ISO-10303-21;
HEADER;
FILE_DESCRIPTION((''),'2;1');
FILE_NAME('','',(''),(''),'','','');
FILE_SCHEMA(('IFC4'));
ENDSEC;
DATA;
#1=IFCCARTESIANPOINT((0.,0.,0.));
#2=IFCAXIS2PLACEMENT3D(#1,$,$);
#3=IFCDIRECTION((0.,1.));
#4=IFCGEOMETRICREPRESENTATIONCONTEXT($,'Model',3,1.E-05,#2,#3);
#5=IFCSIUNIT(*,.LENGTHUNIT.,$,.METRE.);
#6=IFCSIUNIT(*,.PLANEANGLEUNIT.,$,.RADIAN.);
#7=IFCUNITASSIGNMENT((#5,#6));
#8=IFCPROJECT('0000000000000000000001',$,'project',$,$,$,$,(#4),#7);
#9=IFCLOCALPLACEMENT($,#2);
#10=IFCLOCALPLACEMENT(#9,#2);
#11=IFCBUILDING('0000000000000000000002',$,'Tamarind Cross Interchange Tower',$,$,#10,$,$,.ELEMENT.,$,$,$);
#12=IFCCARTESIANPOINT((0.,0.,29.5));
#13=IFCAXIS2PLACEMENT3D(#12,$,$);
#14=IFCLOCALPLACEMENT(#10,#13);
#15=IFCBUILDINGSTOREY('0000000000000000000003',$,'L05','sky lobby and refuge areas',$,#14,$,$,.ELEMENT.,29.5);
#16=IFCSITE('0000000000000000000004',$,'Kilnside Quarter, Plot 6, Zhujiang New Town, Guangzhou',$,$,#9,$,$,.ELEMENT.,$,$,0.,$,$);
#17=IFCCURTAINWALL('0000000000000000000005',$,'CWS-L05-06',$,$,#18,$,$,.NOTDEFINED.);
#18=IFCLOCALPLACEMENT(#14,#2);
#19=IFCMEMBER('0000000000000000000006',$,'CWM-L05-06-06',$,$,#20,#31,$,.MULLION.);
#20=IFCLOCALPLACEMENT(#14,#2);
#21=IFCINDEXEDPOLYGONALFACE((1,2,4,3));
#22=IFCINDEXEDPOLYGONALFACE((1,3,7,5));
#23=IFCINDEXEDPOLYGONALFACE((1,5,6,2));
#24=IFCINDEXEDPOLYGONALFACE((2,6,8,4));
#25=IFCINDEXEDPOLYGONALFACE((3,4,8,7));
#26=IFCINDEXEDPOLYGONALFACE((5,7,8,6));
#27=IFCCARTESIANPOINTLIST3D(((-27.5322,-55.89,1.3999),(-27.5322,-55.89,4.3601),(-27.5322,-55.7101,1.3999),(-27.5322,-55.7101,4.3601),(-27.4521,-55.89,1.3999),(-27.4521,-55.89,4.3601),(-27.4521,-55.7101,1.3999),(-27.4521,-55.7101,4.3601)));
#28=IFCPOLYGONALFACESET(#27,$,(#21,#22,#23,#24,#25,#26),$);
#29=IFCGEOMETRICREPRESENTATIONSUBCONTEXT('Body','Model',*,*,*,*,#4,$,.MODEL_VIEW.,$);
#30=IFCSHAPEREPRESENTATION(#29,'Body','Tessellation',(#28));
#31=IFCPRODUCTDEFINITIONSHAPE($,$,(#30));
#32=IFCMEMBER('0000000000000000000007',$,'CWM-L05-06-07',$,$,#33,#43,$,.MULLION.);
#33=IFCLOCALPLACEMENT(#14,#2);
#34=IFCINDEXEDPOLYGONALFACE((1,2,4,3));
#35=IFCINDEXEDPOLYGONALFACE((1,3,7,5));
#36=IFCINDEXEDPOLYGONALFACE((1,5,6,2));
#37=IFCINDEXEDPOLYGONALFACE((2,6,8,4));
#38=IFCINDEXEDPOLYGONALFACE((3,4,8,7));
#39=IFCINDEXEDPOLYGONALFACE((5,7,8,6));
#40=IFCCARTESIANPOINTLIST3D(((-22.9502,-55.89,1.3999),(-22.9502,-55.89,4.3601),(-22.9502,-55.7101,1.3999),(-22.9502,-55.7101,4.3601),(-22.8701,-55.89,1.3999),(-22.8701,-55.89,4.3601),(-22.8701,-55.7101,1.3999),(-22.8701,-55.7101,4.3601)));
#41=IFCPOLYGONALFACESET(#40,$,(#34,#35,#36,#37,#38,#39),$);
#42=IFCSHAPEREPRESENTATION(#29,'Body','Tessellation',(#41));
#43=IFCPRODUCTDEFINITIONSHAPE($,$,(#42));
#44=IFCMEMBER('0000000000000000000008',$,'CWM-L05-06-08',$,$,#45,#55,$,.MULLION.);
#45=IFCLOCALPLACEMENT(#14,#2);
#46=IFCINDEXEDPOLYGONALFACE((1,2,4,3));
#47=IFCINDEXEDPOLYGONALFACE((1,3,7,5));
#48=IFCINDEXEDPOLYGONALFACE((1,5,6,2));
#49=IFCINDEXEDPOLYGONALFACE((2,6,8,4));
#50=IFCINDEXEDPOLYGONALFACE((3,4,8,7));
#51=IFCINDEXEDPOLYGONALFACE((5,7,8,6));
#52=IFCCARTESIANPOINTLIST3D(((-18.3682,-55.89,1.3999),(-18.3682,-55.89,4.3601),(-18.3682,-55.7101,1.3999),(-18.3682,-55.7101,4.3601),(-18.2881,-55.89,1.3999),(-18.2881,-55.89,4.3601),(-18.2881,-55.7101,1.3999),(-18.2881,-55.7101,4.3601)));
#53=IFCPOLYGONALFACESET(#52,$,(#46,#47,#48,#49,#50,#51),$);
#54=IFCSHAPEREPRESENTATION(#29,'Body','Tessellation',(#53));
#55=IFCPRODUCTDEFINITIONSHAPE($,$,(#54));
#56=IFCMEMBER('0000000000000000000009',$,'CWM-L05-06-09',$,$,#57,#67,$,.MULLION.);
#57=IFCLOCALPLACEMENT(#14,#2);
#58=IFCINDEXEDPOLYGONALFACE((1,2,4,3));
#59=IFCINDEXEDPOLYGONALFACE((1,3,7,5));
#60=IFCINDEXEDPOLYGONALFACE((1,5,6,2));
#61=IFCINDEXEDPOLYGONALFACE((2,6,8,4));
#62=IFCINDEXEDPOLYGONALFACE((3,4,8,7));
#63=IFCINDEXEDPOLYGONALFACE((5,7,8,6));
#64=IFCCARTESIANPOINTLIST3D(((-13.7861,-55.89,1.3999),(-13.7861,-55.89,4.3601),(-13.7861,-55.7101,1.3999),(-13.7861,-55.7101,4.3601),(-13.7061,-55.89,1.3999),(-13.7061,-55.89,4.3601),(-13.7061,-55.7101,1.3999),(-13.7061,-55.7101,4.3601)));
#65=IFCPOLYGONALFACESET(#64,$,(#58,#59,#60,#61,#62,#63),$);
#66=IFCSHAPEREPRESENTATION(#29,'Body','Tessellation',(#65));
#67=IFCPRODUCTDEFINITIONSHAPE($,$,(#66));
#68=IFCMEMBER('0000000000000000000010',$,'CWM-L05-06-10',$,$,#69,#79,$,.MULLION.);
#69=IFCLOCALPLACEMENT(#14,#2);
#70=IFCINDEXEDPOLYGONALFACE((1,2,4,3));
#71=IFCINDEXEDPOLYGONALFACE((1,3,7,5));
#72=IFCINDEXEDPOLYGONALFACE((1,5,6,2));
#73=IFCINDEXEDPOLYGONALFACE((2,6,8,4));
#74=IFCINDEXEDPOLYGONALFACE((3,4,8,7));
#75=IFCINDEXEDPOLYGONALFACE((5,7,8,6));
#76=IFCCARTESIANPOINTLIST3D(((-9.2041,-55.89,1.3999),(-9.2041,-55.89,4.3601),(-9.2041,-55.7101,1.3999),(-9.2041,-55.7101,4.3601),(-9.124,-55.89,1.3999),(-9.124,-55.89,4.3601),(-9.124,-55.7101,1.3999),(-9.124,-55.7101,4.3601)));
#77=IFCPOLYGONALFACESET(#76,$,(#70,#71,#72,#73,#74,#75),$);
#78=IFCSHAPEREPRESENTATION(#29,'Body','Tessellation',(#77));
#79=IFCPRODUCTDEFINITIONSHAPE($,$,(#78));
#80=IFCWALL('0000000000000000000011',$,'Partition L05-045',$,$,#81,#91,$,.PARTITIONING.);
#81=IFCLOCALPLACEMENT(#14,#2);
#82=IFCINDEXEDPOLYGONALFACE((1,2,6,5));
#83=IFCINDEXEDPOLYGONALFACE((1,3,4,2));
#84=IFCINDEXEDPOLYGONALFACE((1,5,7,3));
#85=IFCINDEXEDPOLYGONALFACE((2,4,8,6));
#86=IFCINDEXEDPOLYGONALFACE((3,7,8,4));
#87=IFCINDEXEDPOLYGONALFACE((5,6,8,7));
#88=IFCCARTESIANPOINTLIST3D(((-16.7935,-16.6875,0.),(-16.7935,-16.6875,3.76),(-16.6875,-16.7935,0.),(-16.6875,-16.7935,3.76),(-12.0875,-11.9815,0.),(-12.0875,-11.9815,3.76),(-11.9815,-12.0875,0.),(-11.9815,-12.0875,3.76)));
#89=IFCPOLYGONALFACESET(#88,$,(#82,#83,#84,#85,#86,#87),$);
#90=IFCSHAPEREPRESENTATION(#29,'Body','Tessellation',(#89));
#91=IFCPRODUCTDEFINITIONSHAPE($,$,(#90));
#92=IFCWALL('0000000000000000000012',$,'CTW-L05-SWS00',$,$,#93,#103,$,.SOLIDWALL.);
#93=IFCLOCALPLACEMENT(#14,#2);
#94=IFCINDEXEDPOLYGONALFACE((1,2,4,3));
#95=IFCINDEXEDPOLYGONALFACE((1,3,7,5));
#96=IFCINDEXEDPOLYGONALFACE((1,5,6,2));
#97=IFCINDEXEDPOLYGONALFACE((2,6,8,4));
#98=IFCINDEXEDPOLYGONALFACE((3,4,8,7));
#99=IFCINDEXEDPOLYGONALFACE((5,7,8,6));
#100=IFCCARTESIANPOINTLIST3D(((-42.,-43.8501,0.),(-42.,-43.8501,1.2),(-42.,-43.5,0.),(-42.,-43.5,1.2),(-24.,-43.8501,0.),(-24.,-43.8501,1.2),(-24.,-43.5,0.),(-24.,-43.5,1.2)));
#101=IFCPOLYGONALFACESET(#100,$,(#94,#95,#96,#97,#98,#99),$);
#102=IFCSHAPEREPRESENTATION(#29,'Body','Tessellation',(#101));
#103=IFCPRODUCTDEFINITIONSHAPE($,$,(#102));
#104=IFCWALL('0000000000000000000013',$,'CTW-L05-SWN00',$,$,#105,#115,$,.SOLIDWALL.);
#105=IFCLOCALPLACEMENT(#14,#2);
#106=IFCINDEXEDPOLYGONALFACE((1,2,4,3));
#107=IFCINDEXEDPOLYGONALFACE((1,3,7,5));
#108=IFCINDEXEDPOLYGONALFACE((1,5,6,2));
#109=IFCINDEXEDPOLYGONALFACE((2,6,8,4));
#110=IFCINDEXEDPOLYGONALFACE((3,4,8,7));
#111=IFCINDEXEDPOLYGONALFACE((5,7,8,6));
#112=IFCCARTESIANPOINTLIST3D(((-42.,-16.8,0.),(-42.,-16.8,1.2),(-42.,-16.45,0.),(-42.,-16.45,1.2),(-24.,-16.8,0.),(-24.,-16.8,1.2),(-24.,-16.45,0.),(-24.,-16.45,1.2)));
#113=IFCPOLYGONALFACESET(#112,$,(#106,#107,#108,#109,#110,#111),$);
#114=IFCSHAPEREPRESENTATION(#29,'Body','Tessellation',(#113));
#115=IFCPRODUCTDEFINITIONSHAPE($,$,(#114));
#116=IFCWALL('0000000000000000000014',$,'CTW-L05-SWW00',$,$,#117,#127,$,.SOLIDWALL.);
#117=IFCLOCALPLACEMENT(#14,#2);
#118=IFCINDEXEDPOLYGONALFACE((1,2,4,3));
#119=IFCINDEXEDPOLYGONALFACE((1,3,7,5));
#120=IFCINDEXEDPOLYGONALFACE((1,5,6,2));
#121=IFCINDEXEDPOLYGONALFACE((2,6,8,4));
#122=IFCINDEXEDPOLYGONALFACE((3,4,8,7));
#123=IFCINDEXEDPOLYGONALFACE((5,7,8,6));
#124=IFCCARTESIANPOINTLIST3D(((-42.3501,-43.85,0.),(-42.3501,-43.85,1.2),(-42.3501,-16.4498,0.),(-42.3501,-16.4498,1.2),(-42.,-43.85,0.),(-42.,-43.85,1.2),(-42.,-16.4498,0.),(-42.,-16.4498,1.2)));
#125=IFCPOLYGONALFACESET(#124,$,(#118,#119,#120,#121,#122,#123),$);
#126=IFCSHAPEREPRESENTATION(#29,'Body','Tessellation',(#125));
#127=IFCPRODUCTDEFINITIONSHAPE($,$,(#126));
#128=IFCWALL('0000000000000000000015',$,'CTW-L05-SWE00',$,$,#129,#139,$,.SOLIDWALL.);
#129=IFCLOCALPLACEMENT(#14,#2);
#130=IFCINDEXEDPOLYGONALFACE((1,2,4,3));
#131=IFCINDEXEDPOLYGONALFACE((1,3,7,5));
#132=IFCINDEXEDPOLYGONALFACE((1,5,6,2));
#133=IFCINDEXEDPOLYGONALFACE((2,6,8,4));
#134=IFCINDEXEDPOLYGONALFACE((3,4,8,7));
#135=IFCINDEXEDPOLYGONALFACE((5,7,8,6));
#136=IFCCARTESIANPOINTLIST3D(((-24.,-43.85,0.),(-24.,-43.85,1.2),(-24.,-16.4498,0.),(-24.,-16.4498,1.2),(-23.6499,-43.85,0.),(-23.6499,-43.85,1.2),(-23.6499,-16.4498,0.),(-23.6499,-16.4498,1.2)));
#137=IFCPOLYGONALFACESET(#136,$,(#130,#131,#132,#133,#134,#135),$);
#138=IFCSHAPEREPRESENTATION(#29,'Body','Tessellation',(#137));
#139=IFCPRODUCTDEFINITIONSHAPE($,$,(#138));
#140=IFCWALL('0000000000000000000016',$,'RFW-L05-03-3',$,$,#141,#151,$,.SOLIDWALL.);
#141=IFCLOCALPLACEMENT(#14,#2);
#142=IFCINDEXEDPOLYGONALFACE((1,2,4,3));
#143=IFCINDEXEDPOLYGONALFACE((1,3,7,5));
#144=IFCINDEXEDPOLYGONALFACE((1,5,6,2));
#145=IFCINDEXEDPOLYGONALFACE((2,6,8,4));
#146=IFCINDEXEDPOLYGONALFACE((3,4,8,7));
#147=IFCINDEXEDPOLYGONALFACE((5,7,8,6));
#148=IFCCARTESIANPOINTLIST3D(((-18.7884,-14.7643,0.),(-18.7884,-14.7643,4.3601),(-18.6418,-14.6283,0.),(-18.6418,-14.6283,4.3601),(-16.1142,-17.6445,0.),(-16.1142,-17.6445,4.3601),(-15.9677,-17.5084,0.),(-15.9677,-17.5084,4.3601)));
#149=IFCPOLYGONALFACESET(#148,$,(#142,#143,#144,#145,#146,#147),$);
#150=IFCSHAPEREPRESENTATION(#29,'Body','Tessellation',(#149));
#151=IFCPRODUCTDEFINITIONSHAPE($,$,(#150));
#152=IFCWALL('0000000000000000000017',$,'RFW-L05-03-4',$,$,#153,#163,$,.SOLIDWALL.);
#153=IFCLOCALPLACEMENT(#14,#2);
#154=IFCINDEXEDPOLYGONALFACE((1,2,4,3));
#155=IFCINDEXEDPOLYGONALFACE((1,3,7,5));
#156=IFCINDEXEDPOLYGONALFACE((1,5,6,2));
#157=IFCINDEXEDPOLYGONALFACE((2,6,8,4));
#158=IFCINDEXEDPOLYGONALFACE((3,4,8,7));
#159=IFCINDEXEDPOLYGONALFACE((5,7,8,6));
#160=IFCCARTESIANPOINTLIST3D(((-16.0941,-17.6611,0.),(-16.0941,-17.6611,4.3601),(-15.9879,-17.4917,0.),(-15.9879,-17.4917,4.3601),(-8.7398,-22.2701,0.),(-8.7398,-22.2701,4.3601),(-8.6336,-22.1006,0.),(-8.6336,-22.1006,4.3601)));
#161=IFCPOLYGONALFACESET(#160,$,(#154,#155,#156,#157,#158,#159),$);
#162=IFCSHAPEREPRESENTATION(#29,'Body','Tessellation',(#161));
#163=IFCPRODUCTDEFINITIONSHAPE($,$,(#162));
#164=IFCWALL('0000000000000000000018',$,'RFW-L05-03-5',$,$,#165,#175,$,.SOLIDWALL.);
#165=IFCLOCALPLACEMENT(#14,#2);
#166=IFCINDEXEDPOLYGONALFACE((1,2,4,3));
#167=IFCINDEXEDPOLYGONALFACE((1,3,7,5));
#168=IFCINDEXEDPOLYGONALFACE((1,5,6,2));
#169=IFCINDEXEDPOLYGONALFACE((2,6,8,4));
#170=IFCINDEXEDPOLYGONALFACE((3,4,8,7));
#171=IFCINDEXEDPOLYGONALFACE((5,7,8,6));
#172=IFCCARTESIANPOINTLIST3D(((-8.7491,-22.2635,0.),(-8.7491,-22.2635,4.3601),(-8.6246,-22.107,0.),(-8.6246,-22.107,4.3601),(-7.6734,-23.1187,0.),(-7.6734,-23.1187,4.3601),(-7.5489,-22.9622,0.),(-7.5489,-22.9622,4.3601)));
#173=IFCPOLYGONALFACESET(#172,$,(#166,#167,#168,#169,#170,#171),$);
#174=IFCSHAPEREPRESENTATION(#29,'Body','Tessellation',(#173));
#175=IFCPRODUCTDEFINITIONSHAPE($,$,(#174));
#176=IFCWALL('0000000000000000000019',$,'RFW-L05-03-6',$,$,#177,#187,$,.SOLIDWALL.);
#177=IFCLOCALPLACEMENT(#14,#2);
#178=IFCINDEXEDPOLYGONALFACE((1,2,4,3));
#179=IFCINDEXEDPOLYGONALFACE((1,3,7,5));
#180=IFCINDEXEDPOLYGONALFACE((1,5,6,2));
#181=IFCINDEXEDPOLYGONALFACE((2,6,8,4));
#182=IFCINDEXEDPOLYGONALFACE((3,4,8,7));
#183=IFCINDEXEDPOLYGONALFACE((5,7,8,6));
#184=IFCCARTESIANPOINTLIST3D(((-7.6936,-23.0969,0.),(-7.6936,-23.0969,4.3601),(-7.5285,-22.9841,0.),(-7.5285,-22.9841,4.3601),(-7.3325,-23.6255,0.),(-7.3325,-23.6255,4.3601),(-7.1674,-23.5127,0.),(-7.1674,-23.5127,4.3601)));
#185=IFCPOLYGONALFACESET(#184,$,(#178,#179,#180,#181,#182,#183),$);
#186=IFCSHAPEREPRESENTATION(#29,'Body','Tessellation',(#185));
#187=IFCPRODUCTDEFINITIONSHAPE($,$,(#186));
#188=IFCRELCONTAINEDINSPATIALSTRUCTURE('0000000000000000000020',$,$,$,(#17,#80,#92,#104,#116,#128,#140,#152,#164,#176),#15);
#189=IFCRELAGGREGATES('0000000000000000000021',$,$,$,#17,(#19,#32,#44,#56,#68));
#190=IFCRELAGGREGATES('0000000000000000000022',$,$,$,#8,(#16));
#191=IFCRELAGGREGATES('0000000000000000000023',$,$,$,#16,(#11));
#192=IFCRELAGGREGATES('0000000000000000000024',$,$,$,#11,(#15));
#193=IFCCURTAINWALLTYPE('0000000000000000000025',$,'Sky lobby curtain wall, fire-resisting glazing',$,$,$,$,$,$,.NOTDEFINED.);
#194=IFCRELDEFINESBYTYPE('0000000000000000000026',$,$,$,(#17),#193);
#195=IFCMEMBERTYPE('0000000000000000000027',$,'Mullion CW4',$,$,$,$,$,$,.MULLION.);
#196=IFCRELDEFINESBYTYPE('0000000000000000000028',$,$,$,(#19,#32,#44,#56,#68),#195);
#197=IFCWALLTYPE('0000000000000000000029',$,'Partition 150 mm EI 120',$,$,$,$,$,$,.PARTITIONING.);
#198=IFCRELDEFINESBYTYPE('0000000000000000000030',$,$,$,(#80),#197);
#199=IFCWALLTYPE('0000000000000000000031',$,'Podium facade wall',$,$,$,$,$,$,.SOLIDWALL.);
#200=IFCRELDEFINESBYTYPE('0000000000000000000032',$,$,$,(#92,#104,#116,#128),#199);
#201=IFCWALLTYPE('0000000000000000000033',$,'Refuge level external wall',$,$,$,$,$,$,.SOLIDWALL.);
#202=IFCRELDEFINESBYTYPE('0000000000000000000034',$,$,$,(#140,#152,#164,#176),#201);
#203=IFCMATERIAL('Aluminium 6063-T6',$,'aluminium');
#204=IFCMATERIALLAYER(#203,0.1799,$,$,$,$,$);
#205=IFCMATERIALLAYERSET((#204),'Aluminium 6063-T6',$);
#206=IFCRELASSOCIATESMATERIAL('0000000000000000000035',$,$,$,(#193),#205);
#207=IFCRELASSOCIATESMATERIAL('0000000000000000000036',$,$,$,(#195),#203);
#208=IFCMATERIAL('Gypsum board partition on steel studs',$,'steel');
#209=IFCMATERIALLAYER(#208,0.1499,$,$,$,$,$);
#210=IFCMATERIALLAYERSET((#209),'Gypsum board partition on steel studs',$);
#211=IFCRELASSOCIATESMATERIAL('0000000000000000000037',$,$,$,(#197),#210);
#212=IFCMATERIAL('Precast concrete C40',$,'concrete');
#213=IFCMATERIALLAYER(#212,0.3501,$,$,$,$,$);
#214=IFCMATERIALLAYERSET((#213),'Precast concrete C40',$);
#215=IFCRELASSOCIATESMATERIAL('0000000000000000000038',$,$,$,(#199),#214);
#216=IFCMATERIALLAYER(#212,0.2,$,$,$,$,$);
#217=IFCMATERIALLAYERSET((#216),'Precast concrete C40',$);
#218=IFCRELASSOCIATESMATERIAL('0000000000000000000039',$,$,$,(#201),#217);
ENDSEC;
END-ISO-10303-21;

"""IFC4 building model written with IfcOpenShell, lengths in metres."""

from ifc_helpers import new_model, si_unit, direction, frame, frame_2d, origin, origin_2d, place, context, subcontext, project, spatial, rectangle, extrude, material, layer, layer_set, material_profile, profile_set, type_object, element, aggregate, save


model = new_model("IFC4")

# Units and contexts
model_context = context("Model", 3, precision=1e-05, world=origin(), true_north=direction((0.0, 1.0)))
body_context = subcontext(model_context, "Body", "Model", "MODEL_VIEW")
ifc_project = project(units=[si_unit("LENGTHUNIT", "METRE"), si_unit("PLANEANGLEUNIT", "RADIAN")], contexts=[model_context])

# Site, building, storey
site_placement = place(None, origin())
site = spatial("IfcSite", under=ifc_project, at=site_placement, Name="Kilnside Quarter, Plot 6, Zhujiang New Town, Guangzhou", CompositionType="ELEMENT", RefElevation=0.0)
building_placement = place(site_placement, origin())
building = spatial("IfcBuilding", under=site, at=building_placement, Name="Tamarind Cross Interchange Tower", CompositionType="ELEMENT")
storey_placement = place(building_placement, frame((0.0, 0.0, 29.5)))
storey = spatial("IfcBuildingStorey", under=building, at=storey_placement, Name="L05", Description="sky lobby and refuge areas", CompositionType="ELEMENT", Elevation=29.5)

# Curtain wall, members
ifc_material_1 = material(Name="Aluminium 6063-T6", Category="aluminium")
ifc_layer_1 = layer(ifc_material_1, 0.1799)
ifc_layer_set_1 = layer_set([ifc_layer_1], Name="Aluminium 6063-T6")
curtain_wall_type = type_object("IfcCurtainWallType", Name="Sky lobby curtain wall, fire-resisting glazing", PredefinedType="NOTDEFINED", material=ifc_layer_set_1)
ifc_material_profile_1 = material_profile(ifc_material_1, rectangle(XDim=0.0801, YDim=0.1799, at=origin_2d()), Name="Mullion CW4")
ifc_profile_set_1 = profile_set([ifc_material_profile_1], Name="Aluminium 6063-T6")
member_type = type_object("IfcMemberType", Name="Mullion CW4", PredefinedType="MULLION", material=ifc_profile_set_1)
curtain_wall_1_placement = place(storey_placement, origin())
curtain_wall_1 = element("IfcCurtainWall", 1, at=curtain_wall_1_placement, inside=storey, type_object=curtain_wall_type, Name="CWS-L05-06", PredefinedType="NOTDEFINED")
member_1_placement = place(storey_placement, frame((-27.4922, -55.8, 1.3999), z_axis=(0.0, 0.0, 1.0), x_axis=(1.0, 0.0, 0.0)))
member_1 = element("IfcMember", 2, at=member_1_placement, type_object=member_type, Name="CWM-L05-06-06", PredefinedType="MULLION", context=body_context, shape_type="SweptSolid", body=[
    extrude(rectangle(XDim=0.0801, YDim=0.1799, at=origin_2d()), origin(), (0.0, 0.0, 1.0), 2.9602),
])
member_2_placement = place(storey_placement, frame((-22.9102, -55.8, 1.3999), z_axis=(0.0, 0.0, 1.0), x_axis=(1.0, 0.0, 0.0)))
member_2 = element("IfcMember", 3, at=member_2_placement, type_object=member_type, Name="CWM-L05-06-07", PredefinedType="MULLION", context=body_context, shape_type="SweptSolid", body=[
    extrude(rectangle(XDim=0.0801, YDim=0.1799, at=origin_2d()), origin(), (0.0, 0.0, 1.0), 2.9602),
])
member_3_placement = place(storey_placement, frame((-18.3281, -55.8, 1.3999), z_axis=(0.0, 0.0, 1.0), x_axis=(1.0, 0.0, 0.0)))
member_3 = element("IfcMember", 4, at=member_3_placement, type_object=member_type, Name="CWM-L05-06-08", PredefinedType="MULLION", context=body_context, shape_type="SweptSolid", body=[
    extrude(rectangle(XDim=0.0801, YDim=0.1799, at=origin_2d()), origin(), (0.0, 0.0, 1.0), 2.9602),
])
member_4_placement = place(storey_placement, frame((-13.7461, -55.8, 1.3999), z_axis=(0.0, 0.0, 1.0), x_axis=(1.0, 0.0, 0.0)))
member_4 = element("IfcMember", 5, at=member_4_placement, type_object=member_type, Name="CWM-L05-06-09", PredefinedType="MULLION", context=body_context, shape_type="SweptSolid", body=[
    extrude(rectangle(XDim=0.0801, YDim=0.1799, at=origin_2d()), origin(), (0.0, 0.0, 1.0), 2.9602),
])
member_5_placement = place(storey_placement, frame((-9.1641, -55.8, 1.3999), z_axis=(0.0, 0.0, 1.0), x_axis=(1.0, 0.0, 0.0)))
member_5 = element("IfcMember", 6, at=member_5_placement, type_object=member_type, Name="CWM-L05-06-10", PredefinedType="MULLION", context=body_context, shape_type="SweptSolid", body=[
    extrude(rectangle(XDim=0.0801, YDim=0.1799, at=origin_2d()), origin(), (0.0, 0.0, 1.0), 2.9602),
])
aggregate(curtain_wall_1, [member_1, member_2, member_3, member_4, member_5])

# Walls
ifc_material_2 = material(Name="Gypsum board partition on steel studs", Category="steel")
ifc_layer_2 = layer(ifc_material_2, 0.1499)
ifc_layer_set_2 = layer_set([ifc_layer_2], Name="Gypsum board partition on steel studs")
wall_type_1 = type_object("IfcWallType", Name="Partition 150 mm EI 120", PredefinedType="PARTITIONING", material=ifc_layer_set_2)
wall_1_placement = place(storey_placement, frame((-16.7405, -16.7405, 0.0), z_axis=(0.0, 0.0, 1.0), x_axis=(0.707107, 0.707107, 0.0)))
element("IfcWall", 7, at=wall_1_placement, inside=storey, type_object=wall_type_1, Name="Partition L05-045", PredefinedType="PARTITIONING", context=body_context, shape_type="SweptSolid", body=[
    extrude(rectangle(XDim=6.6553, YDim=0.1499, at=frame_2d((3.3276, 0.0))), origin(), (0.0, 0.0, 1.0), 3.76),
])
ifc_material_3 = material(Name="Precast concrete C40", Category="concrete")
ifc_layer_3 = layer(ifc_material_3, 0.3501)
ifc_layer_set_3 = layer_set([ifc_layer_3], Name="Precast concrete C40")
wall_type_2 = type_object("IfcWallType", Name="Podium facade wall", PredefinedType="SOLIDWALL", material=ifc_layer_set_3)
for number, where, z_axis, x_axis, name in (
    (8, (-42.0, -43.675, 0.0), (0.0, 0.0, 1.0), (1.0, 0.0, 0.0), "CTW-L05-SWS00"),
    (9, (-42.0, -16.625, 0.0), (0.0, 0.0, 1.0), (1.0, 0.0, 0.0), "CTW-L05-SWN00"),
):
    element("IfcWall", number, at=place(storey_placement, frame(where, z_axis=z_axis, x_axis=x_axis)), inside=storey, type_object=wall_type_2, Name=name, PredefinedType="SOLIDWALL", context=body_context, shape_type="SweptSolid", body=[
        extrude(rectangle(XDim=18.0, YDim=0.3501, at=frame_2d((9.0, 0.0))), origin(), (0.0, 0.0, 1.0), 1.2),
    ])
for number, where, z_axis, x_axis, name in (
    (10, (-42.175, -43.8501, 0.0), (0.0, 0.0, 1.0), (0.0, 1.0, 0.0), "CTW-L05-SWW00"),
    (11, (-23.825, -43.8501, 0.0), (0.0, 0.0, 1.0), (0.0, 1.0, 0.0), "CTW-L05-SWE00"),
):
    element("IfcWall", number, at=place(storey_placement, frame(where, z_axis=z_axis, x_axis=x_axis)), inside=storey, type_object=wall_type_2, Name=name, PredefinedType="SOLIDWALL", context=body_context, shape_type="SweptSolid", body=[
        extrude(rectangle(XDim=27.4001, YDim=0.3501, at=frame_2d((13.7002, 0.0))), origin(), (0.0, 0.0, 1.0), 1.2),
    ])
ifc_layer_4 = layer(ifc_material_3, 0.2)
ifc_layer_set_4 = layer_set([ifc_layer_4], Name="Precast concrete C40")
wall_type_3 = type_object("IfcWallType", Name="Refuge level external wall", PredefinedType="SOLIDWALL", material=ifc_layer_set_4)
wall_2_placement = place(storey_placement, frame((-18.7151, -14.6963, 0.0), z_axis=(0.0, 0.0, 1.0), x_axis=(0.680406, -0.732836, 0.0)))
element("IfcWall", 12, at=wall_2_placement, inside=storey, type_object=wall_type_3, Name="RFW-L05-03-3", PredefinedType="SOLIDWALL", context=body_context, shape_type="SweptSolid", body=[
    extrude(rectangle(XDim=3.9302, YDim=0.2, at=frame_2d((1.9651, 0.0))), origin(), (0.0, 0.0, 1.0), 4.3601),
])
wall_3_placement = place(storey_placement, frame((-16.041, -17.5764, 0.0), z_axis=(0.0, 0.0, 1.0), x_axis=(0.847351, -0.531033, 0.0)))
element("IfcWall", 13, at=wall_3_placement, inside=storey, type_object=wall_type_3, Name="RFW-L05-03-4", PredefinedType="SOLIDWALL", context=body_context, shape_type="SweptSolid", body=[
    extrude(rectangle(XDim=8.6792, YDim=0.2, at=frame_2d((4.3396, 0.0))), origin(), (0.0, 0.0, 1.0), 4.3601),
])
wall_4_placement = place(storey_placement, frame((-8.6868, -22.1853, 0.0), z_axis=(0.0, 0.0, 1.0), x_axis=(0.782754, -0.622331, 0.0)))
element("IfcWall", 14, at=wall_4_placement, inside=storey, type_object=wall_type_3, Name="RFW-L05-03-5", PredefinedType="SOLIDWALL", context=body_context, shape_type="SweptSolid", body=[
    extrude(rectangle(XDim=1.3743, YDim=0.2, at=frame_2d((0.687, 0.0))), origin(), (0.0, 0.0, 1.0), 4.3601),
])
wall_5_placement = place(storey_placement, frame((-7.6111, -23.0405, 0.0), z_axis=(0.0, 0.0, 1.0), x_axis=(0.564082, -0.825719, 0.0)))
element("IfcWall", 15, at=wall_5_placement, inside=storey, type_object=wall_type_3, Name="RFW-L05-03-6", PredefinedType="SOLIDWALL", context=body_context, shape_type="SweptSolid", body=[
    extrude(rectangle(XDim=0.6401, YDim=0.2, at=frame_2d((0.3201, 0.0))), origin(), (0.0, 0.0, 1.0), 4.3601),
])

save(model, "model.ifc")
